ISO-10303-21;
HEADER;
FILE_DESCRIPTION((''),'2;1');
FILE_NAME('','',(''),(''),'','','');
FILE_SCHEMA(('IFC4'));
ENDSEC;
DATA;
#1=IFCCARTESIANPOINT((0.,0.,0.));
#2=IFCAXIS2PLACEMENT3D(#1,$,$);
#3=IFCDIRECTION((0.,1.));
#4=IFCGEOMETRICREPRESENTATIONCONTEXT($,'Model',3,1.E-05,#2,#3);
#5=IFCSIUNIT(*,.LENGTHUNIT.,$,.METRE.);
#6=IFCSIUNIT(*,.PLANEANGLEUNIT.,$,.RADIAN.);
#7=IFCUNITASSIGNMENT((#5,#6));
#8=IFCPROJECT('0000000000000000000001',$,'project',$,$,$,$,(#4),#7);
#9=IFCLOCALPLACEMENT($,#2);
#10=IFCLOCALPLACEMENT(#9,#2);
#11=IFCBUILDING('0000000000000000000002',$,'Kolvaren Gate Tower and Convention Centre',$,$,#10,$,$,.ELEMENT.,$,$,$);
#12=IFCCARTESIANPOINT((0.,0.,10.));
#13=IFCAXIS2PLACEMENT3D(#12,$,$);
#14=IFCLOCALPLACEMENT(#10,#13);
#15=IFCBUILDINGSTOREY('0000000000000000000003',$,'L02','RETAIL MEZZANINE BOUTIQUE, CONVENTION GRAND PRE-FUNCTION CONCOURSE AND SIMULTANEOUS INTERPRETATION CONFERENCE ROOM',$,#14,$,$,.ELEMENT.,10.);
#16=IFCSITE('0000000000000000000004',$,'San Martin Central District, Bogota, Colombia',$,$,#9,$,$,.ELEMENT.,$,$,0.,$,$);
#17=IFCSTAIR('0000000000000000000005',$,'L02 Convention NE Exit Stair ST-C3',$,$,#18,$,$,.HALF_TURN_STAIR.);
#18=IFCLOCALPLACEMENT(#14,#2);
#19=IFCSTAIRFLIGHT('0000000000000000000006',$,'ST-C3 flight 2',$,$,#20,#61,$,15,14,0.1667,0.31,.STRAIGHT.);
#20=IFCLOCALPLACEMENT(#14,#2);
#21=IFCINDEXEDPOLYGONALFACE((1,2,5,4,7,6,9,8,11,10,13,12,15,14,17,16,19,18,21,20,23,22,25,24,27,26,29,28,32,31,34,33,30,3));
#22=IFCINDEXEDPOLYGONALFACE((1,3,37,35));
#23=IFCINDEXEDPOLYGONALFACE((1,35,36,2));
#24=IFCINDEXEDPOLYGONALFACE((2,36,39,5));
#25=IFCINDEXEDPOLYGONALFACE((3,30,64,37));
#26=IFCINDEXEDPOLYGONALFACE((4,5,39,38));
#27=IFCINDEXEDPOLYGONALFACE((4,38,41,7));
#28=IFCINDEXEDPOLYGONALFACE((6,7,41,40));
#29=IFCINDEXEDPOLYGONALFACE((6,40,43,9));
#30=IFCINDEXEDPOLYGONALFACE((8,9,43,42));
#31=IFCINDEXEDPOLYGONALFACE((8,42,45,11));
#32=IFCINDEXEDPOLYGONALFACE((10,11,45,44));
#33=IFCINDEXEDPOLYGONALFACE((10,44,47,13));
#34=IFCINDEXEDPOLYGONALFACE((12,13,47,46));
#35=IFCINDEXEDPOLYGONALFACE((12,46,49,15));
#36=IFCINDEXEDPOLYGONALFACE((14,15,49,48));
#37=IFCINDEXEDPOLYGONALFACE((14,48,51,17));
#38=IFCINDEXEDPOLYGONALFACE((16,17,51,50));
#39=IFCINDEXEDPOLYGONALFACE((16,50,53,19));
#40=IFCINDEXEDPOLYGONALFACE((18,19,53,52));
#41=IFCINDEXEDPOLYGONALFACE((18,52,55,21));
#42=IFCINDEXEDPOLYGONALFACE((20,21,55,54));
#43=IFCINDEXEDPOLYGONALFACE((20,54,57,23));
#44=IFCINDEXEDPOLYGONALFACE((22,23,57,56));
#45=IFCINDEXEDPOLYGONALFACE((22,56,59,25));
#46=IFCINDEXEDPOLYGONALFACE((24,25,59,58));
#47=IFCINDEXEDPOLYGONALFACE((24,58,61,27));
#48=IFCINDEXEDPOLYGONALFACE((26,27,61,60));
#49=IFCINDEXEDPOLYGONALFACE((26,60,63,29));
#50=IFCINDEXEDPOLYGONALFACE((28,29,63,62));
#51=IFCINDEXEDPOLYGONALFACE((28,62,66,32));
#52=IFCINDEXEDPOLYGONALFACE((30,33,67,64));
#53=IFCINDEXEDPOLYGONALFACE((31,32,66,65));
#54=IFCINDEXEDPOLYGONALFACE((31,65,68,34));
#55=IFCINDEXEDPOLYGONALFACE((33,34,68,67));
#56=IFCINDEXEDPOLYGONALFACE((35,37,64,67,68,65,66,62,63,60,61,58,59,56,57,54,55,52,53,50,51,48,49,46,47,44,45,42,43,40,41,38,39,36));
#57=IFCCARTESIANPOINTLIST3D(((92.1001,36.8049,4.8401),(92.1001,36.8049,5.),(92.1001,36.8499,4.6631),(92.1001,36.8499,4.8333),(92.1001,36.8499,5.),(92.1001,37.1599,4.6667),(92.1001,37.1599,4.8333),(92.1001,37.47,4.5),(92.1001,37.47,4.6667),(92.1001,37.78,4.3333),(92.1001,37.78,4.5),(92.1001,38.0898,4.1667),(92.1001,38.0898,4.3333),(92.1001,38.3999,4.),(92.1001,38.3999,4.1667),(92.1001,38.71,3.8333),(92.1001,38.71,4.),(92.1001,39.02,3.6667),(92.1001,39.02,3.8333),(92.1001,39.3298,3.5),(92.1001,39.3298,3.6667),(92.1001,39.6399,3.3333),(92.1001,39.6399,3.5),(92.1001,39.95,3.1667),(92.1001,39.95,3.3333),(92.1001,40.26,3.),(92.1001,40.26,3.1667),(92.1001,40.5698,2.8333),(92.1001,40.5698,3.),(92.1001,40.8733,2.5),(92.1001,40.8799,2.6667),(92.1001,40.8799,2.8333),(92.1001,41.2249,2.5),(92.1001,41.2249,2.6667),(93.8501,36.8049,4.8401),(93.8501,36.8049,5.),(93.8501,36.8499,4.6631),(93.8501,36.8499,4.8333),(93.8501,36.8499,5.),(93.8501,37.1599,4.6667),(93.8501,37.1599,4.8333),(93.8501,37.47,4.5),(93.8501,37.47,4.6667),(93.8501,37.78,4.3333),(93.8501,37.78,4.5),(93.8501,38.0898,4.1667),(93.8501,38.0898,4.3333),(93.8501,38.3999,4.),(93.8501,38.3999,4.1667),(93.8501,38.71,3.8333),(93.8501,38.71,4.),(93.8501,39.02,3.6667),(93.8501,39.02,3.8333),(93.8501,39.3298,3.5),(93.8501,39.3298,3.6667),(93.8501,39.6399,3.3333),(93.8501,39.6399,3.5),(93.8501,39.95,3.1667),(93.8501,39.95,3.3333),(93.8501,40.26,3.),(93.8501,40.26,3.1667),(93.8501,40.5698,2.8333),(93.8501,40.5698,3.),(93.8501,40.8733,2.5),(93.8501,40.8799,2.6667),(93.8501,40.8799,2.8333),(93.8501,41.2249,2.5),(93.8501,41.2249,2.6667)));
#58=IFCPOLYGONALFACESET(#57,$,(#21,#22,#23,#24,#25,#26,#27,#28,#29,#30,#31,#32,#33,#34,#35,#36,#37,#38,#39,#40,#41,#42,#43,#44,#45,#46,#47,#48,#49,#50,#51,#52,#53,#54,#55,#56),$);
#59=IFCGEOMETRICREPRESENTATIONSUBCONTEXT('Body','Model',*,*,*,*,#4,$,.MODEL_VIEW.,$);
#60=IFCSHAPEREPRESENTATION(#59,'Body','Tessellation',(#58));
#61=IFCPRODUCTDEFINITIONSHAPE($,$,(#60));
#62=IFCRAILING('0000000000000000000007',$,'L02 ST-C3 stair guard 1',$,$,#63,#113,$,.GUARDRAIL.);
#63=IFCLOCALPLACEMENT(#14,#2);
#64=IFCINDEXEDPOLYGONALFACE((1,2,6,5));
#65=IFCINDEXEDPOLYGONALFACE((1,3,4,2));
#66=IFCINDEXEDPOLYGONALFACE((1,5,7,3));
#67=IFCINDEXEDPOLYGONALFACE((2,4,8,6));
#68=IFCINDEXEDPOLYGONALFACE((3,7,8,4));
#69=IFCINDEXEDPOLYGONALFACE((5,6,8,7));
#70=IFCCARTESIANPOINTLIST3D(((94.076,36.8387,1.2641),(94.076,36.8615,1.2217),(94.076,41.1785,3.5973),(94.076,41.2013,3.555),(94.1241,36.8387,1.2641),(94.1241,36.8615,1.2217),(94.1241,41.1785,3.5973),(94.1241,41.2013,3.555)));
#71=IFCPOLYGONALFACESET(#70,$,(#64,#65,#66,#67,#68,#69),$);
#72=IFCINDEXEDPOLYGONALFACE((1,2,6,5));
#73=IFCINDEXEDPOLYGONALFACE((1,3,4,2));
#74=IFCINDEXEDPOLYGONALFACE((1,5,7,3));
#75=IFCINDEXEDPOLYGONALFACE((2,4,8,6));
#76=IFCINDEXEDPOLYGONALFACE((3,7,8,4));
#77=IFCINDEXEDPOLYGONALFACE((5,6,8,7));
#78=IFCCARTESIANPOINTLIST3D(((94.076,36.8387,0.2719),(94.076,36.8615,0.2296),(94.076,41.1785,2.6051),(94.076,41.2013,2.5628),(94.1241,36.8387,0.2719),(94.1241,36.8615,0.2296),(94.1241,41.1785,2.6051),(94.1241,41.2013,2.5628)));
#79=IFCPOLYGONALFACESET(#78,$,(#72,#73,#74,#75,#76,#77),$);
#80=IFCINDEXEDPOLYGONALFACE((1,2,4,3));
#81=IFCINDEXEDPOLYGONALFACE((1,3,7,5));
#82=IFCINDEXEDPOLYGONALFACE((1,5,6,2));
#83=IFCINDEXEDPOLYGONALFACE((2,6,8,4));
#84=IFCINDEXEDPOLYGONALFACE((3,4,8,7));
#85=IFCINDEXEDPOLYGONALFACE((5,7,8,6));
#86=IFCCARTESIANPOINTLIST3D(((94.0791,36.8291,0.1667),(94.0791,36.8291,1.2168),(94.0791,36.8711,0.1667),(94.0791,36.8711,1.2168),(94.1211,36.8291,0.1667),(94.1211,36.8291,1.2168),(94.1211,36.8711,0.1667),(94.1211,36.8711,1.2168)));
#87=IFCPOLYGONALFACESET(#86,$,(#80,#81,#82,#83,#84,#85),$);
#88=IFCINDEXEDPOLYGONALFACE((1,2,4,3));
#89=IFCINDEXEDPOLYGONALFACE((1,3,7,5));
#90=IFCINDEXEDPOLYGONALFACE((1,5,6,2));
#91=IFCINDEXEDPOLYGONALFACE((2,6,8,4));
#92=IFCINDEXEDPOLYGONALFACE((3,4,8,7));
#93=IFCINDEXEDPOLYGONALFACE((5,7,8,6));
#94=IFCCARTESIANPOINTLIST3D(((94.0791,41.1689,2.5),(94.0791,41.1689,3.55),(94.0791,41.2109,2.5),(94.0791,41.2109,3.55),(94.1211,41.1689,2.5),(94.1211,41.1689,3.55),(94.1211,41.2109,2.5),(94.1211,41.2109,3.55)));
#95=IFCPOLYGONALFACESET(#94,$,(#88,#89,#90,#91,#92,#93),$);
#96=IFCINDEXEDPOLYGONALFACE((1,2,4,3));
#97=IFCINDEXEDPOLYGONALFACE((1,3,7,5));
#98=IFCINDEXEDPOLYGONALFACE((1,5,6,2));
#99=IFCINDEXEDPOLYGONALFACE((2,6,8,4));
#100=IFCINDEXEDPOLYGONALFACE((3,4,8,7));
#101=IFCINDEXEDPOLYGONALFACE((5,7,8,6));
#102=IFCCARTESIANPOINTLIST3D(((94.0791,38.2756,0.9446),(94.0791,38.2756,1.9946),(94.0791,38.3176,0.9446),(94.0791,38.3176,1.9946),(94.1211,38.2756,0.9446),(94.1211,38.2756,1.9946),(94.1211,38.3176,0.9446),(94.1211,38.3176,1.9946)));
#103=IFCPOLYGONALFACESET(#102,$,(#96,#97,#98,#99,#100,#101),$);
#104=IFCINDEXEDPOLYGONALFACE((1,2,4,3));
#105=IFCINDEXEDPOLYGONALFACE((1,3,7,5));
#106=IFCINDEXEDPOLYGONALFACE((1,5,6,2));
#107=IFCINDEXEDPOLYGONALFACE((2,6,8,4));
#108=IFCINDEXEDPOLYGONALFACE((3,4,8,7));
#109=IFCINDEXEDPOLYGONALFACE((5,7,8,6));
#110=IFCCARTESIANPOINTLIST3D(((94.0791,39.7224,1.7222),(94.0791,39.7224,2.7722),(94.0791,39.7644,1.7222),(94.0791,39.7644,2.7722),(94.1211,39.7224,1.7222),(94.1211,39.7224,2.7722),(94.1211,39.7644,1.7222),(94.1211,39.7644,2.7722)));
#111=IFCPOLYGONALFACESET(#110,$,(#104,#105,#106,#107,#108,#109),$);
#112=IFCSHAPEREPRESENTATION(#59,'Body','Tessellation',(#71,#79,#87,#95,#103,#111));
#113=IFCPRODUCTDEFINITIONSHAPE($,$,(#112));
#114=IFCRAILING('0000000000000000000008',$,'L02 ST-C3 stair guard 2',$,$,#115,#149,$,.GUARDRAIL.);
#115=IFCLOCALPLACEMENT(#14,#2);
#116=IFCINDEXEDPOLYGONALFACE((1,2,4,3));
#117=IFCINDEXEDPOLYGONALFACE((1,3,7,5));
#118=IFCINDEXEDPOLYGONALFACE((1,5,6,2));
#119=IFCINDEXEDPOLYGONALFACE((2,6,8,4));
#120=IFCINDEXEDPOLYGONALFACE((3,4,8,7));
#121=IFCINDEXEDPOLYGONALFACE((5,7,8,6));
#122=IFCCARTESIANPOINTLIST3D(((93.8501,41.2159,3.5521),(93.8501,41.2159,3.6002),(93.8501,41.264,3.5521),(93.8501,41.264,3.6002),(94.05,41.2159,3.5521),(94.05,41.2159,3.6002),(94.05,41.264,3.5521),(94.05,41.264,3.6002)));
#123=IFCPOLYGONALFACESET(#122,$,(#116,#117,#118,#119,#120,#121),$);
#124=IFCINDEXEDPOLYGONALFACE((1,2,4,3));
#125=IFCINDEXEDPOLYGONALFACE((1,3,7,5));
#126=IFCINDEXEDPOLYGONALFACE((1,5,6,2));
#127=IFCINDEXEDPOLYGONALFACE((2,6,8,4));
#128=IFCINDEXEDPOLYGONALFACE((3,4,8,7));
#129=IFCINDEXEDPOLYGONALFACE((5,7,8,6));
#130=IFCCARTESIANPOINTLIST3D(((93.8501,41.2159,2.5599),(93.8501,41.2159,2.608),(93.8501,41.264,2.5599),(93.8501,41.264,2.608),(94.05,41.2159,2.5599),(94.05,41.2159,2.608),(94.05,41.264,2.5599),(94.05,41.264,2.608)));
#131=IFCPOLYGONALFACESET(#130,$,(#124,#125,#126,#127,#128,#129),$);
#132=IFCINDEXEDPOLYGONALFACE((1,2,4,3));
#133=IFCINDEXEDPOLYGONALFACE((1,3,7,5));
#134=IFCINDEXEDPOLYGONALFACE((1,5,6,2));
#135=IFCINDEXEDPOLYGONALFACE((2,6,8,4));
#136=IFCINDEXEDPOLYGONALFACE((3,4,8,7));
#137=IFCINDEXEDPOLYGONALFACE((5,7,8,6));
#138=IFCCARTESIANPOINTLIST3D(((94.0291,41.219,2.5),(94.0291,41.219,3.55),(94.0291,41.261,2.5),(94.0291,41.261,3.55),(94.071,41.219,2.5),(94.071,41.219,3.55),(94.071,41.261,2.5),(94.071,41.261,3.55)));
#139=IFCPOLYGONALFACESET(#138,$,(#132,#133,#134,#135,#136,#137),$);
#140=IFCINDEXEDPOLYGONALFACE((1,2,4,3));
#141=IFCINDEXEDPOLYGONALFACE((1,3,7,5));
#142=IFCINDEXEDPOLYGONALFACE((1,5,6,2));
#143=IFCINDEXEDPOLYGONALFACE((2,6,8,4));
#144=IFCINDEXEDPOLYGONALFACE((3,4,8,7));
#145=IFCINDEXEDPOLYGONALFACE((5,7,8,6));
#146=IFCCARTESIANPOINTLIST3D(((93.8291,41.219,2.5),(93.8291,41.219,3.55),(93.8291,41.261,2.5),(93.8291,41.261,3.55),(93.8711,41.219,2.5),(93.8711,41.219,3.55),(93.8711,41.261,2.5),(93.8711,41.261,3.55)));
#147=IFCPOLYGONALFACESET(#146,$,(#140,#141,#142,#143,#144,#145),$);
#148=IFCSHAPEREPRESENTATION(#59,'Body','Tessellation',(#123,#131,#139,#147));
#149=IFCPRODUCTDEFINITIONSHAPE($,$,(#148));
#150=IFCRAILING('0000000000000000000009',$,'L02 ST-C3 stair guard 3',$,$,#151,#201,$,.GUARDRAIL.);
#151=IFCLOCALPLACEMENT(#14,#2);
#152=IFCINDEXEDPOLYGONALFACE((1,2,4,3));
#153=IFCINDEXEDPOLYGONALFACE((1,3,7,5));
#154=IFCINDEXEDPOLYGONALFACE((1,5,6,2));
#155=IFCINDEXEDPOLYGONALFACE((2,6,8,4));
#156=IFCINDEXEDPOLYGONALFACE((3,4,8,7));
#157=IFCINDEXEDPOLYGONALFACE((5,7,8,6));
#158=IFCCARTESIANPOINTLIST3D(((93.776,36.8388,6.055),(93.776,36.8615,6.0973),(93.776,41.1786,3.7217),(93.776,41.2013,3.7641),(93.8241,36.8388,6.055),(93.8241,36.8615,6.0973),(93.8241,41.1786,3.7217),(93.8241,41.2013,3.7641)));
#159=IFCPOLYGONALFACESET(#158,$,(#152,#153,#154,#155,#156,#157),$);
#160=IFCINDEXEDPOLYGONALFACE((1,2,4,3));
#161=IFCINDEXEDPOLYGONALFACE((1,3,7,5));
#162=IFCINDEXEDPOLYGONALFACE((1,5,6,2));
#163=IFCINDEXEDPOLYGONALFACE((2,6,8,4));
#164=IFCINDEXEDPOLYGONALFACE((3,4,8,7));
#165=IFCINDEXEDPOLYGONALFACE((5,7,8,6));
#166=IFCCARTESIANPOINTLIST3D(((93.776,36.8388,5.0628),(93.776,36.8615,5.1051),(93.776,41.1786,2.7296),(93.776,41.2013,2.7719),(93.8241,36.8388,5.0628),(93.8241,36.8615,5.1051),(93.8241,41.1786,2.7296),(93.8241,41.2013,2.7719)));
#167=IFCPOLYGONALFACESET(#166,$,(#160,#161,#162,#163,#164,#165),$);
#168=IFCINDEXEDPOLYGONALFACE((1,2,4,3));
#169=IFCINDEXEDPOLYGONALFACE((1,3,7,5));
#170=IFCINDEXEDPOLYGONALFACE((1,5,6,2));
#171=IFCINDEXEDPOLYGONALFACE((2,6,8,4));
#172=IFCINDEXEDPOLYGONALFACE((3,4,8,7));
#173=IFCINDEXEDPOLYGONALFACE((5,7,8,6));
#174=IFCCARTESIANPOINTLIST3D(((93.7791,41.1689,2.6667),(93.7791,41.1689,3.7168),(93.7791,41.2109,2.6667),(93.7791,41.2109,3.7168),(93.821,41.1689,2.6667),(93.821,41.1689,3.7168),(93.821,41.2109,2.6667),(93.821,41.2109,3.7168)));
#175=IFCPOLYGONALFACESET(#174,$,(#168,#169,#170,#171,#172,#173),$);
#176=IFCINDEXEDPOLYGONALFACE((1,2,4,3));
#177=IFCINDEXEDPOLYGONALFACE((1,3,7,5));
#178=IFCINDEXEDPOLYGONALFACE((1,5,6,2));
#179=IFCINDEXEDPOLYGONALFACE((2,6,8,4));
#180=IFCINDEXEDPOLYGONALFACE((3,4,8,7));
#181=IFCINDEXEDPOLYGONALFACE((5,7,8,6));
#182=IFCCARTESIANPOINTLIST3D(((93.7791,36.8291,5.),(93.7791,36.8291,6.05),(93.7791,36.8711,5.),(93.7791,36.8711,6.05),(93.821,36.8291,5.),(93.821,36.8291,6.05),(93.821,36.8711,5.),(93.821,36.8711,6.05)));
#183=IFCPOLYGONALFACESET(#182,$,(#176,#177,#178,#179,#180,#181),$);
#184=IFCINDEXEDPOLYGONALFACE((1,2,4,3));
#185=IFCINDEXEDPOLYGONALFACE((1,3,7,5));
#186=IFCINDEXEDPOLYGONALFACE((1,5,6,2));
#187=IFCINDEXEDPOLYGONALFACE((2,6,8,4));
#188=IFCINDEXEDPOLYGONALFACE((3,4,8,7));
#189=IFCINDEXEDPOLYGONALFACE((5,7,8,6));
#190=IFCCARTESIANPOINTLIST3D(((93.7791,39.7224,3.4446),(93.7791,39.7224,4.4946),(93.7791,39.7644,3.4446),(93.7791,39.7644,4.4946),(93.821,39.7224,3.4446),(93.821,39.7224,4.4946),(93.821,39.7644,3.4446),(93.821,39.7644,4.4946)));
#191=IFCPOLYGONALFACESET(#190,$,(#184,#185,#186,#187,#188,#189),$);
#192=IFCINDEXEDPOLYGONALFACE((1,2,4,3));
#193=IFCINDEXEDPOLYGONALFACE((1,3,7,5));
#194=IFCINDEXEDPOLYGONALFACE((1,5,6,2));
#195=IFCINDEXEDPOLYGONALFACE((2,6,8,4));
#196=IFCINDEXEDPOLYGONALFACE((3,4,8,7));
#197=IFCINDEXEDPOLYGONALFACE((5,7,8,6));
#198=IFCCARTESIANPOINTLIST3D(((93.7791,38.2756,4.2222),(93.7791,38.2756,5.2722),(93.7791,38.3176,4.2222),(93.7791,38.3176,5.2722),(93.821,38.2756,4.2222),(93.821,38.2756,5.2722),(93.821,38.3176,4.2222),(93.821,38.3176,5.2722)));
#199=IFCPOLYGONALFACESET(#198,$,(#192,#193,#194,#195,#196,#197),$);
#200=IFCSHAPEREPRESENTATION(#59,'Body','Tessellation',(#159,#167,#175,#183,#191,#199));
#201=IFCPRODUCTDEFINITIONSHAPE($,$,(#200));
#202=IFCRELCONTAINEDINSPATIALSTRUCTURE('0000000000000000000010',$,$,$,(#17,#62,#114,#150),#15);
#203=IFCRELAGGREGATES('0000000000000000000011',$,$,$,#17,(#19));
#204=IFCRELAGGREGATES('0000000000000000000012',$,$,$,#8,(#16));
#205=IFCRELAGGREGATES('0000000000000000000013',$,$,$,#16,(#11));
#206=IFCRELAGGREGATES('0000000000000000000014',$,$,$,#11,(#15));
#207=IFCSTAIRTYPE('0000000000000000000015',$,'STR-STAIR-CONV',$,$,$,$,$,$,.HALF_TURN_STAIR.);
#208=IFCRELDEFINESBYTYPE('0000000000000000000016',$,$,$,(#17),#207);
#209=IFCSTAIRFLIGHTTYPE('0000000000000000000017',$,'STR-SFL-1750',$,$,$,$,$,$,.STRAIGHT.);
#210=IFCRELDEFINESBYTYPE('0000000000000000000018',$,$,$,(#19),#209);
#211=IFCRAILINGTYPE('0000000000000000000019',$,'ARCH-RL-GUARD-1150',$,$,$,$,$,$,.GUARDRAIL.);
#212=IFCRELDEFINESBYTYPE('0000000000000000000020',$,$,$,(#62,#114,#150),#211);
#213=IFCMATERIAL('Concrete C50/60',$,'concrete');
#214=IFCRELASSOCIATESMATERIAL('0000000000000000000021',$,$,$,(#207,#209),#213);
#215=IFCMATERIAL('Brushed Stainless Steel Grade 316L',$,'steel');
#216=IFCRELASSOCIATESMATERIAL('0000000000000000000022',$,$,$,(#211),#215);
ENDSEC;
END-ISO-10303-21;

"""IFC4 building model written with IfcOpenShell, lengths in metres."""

from ifc_helpers import new_model, si_unit, direction, frame, origin, origin_2d, place, context, subcontext, project, spatial, polyline, rectangle, outline, extrude, material, type_object, element, aggregate, save


model = new_model("IFC4")

# Units and contexts
model_context = context("Model", 3, precision=1e-05, world=origin(), true_north=direction((0.0, 1.0)))
body_context = subcontext(model_context, "Body", "Model", "MODEL_VIEW")
ifc_project = project(units=[si_unit("LENGTHUNIT", "METRE"), si_unit("PLANEANGLEUNIT", "RADIAN")], contexts=[model_context])

# Site, building, storey
site_placement = place(None, origin())
site = spatial("IfcSite", under=ifc_project, at=site_placement, Name="San Martin Central District, Bogota, Colombia", CompositionType="ELEMENT", RefElevation=0.0)
building_placement = place(site_placement, origin())
building = spatial("IfcBuilding", under=site, at=building_placement, Name="Kolvaren Gate Tower and Convention Centre", CompositionType="ELEMENT")
storey_placement = place(building_placement, frame((0.0, 0.0, 10.0)))
storey = spatial("IfcBuildingStorey", under=building, at=storey_placement, Name="L02", Description="RETAIL MEZZANINE BOUTIQUE, CONVENTION GRAND PRE-FUNCTION CONCOURSE AND SIMULTANEOUS INTERPRETATION CONFERENCE ROOM", CompositionType="ELEMENT", Elevation=10.0)

# Shared definitions
ifc_material_1 = material(Name="Brushed Stainless Steel Grade 316L", Category="steel")

# Shared definitions
ifc_material_2 = material(Name="Concrete C50/60", Category="concrete")

# Stair, stair flight
stair_type = type_object("IfcStairType", Name="STR-STAIR-CONV", PredefinedType="HALF_TURN_STAIR", material=ifc_material_2)
stair_placement = place(storey_placement, origin())
stair = element("IfcStair", 1, at=stair_placement, inside=storey, type_object=stair_type, Name="L02 Convention NE Exit Stair ST-C3", PredefinedType="HALF_TURN_STAIR")
stair_flight_type = type_object("IfcStairFlightType", Name="STR-SFL-1750", PredefinedType="STRAIGHT", material=ifc_material_2)
stair_flight_1_placement = place(storey_placement, frame((92.9751, 41.1899, 2.5), z_axis=(0.0, 0.0, 1.0), x_axis=(0.0, -1.0, 0.0)))
stair_flight_1 = element("IfcStairFlight", 2, at=stair_flight_1_placement, type_object=stair_flight_type, Name="ST-C3 flight 2", NumberOfRisers=15, NumberOfTreads=14, PredefinedType="STRAIGHT", RiserHeight=0.1667, TreadLength=0.31, context=body_context, shape_type="SweptSolid", body=[
    extrude(outline(polyline([(-0.0349, 0.0), (-0.0349, 0.1667), (0.3101, 0.1667), (0.3101, 0.3333), (0.6201, 0.3333), (0.6201, 0.5), (0.9299, 0.5), (0.9299, 0.6667), (1.24, 0.6667), (1.24, 0.8333), (1.55, 0.8333), (1.55, 1.0), (1.8601, 1.0), (1.8601, 1.1667), (2.1699, 1.1667), (2.1699, 1.3333), (2.48, 1.3333), (2.48, 1.5), (2.79, 1.5), (2.79, 1.6667), (3.1001, 1.6667), (3.1001, 1.8333), (3.4099, 1.8333), (3.4099, 2.0), (3.72, 2.0), (3.72, 2.1667), (4.03, 2.1667), (4.03, 2.3333), (4.3401, 2.3333), (4.3401, 2.5), (4.385, 2.5), (4.385, 2.3401), (4.3401, 2.1631), (0.3167, 0.0), (-0.0349, 0.0)])), frame((0.0, 0.875, 0.0), z_axis=(0.0, -1.0, 0.0), x_axis=(1.0, 0.0, 0.0)), (0.0, 0.0, 1.0), 1.75),
])
aggregate(stair, [stair_flight_1])

# Railings
railing_type_1 = type_object("IfcRailingType", Name="ARCH-RL-GUARD-1150", PredefinedType="GUARDRAIL", material=ifc_material_1)
railing_1_placement = place(storey_placement, frame((94.1001, 36.8501, 0.1667)))
element("IfcRailing", 3, at=railing_1_placement, inside=storey, type_object=railing_type_1, Name="L02 ST-C3 stair guard 1", PredefinedType="GUARDRAIL", context=body_context, shape_type="SweptSolid", body=[
    extrude(rectangle(XDim=0.0481, YDim=0.0481, at=origin_2d()), frame((0.0, 0.0, 1.0762), z_axis=(0.0, 0.880775, 0.473535), x_axis=(-1.0, 0.0, 0.0)), (0.0, 0.0, 1.0), 4.9272),
    extrude(rectangle(XDim=0.0481, YDim=0.0481, at=origin_2d()), frame((0.0, 0.0, 0.084), z_axis=(0.0, 0.880775, 0.473535), x_axis=(-1.0, 0.0, 0.0)), (0.0, 0.0, 1.0), 4.9272),
    extrude(rectangle(XDim=0.042, YDim=0.042, at=origin_2d()), origin(), (0.0, 0.0, 1.0), 1.05),
    extrude(rectangle(XDim=0.042, YDim=0.042, at=origin_2d()), frame((0.0, 4.3398, 2.3333)), (0.0, 0.0, 1.0), 1.05),
    extrude(rectangle(XDim=0.042, YDim=0.042, at=origin_2d()), frame((0.0, 1.4465, 0.7778)), (0.0, 0.0, 1.0), 1.05),
    extrude(rectangle(XDim=0.042, YDim=0.042, at=origin_2d()), frame((0.0, 2.8933, 1.5554)), (0.0, 0.0, 1.0), 1.05),
])
railing_2_placement = place(storey_placement, frame((94.05, 41.24, 2.5)))
element("IfcRailing", 4, at=railing_2_placement, inside=storey, type_object=railing_type_1, Name="L02 ST-C3 stair guard 2", PredefinedType="GUARDRAIL", context=body_context, shape_type="SweptSolid", body=[
    extrude(rectangle(XDim=0.0481, YDim=0.0481, at=origin_2d()), frame((0.0, 0.0, 1.0762), z_axis=(-1.0, 0.0, 0.0), x_axis=(0.0, -1.0, 0.0)), (0.0, 0.0, 1.0), 0.2),
    extrude(rectangle(XDim=0.0481, YDim=0.0481, at=origin_2d()), frame((0.0, 0.0, 0.084), z_axis=(-1.0, 0.0, 0.0), x_axis=(0.0, -1.0, 0.0)), (0.0, 0.0, 1.0), 0.2),
    extrude(rectangle(XDim=0.042, YDim=0.042, at=origin_2d()), origin(), (0.0, 0.0, 1.0), 1.05),
    extrude(rectangle(XDim=0.042, YDim=0.042, at=origin_2d()), frame((-0.2, 0.0, 0.0)), (0.0, 0.0, 1.0), 1.05),
])
railing_3_placement = place(storey_placement, frame((93.8, 41.1899, 2.6667)))
element("IfcRailing", 5, at=railing_3_placement, inside=storey, type_object=railing_type_1, Name="L02 ST-C3 stair guard 3", PredefinedType="GUARDRAIL", context=body_context, shape_type="SweptSolid", body=[
    extrude(rectangle(XDim=0.0481, YDim=0.0481, at=origin_2d()), frame((0.0, 0.0, 1.0762), z_axis=(0.0, -0.880775, 0.473535), x_axis=(1.0, 0.0, 0.0)), (0.0, 0.0, 1.0), 4.9272),
    extrude(rectangle(XDim=0.0481, YDim=0.0481, at=origin_2d()), frame((0.0, 0.0, 0.084), z_axis=(0.0, -0.880775, 0.473535), x_axis=(1.0, 0.0, 0.0)), (0.0, 0.0, 1.0), 4.9272),
    extrude(rectangle(XDim=0.042, YDim=0.042, at=origin_2d()), origin(), (0.0, 0.0, 1.0), 1.05),
    extrude(rectangle(XDim=0.042, YDim=0.042, at=origin_2d()), frame((0.0, -4.3398, 2.3333)), (0.0, 0.0, 1.0), 1.05),
    extrude(rectangle(XDim=0.042, YDim=0.042, at=origin_2d()), frame((0.0, -1.4465, 0.7778)), (0.0, 0.0, 1.0), 1.05),
    extrude(rectangle(XDim=0.042, YDim=0.042, at=origin_2d()), frame((0.0, -2.8933, 1.5554)), (0.0, 0.0, 1.0), 1.05),
])

save(model, "model.ifc")
